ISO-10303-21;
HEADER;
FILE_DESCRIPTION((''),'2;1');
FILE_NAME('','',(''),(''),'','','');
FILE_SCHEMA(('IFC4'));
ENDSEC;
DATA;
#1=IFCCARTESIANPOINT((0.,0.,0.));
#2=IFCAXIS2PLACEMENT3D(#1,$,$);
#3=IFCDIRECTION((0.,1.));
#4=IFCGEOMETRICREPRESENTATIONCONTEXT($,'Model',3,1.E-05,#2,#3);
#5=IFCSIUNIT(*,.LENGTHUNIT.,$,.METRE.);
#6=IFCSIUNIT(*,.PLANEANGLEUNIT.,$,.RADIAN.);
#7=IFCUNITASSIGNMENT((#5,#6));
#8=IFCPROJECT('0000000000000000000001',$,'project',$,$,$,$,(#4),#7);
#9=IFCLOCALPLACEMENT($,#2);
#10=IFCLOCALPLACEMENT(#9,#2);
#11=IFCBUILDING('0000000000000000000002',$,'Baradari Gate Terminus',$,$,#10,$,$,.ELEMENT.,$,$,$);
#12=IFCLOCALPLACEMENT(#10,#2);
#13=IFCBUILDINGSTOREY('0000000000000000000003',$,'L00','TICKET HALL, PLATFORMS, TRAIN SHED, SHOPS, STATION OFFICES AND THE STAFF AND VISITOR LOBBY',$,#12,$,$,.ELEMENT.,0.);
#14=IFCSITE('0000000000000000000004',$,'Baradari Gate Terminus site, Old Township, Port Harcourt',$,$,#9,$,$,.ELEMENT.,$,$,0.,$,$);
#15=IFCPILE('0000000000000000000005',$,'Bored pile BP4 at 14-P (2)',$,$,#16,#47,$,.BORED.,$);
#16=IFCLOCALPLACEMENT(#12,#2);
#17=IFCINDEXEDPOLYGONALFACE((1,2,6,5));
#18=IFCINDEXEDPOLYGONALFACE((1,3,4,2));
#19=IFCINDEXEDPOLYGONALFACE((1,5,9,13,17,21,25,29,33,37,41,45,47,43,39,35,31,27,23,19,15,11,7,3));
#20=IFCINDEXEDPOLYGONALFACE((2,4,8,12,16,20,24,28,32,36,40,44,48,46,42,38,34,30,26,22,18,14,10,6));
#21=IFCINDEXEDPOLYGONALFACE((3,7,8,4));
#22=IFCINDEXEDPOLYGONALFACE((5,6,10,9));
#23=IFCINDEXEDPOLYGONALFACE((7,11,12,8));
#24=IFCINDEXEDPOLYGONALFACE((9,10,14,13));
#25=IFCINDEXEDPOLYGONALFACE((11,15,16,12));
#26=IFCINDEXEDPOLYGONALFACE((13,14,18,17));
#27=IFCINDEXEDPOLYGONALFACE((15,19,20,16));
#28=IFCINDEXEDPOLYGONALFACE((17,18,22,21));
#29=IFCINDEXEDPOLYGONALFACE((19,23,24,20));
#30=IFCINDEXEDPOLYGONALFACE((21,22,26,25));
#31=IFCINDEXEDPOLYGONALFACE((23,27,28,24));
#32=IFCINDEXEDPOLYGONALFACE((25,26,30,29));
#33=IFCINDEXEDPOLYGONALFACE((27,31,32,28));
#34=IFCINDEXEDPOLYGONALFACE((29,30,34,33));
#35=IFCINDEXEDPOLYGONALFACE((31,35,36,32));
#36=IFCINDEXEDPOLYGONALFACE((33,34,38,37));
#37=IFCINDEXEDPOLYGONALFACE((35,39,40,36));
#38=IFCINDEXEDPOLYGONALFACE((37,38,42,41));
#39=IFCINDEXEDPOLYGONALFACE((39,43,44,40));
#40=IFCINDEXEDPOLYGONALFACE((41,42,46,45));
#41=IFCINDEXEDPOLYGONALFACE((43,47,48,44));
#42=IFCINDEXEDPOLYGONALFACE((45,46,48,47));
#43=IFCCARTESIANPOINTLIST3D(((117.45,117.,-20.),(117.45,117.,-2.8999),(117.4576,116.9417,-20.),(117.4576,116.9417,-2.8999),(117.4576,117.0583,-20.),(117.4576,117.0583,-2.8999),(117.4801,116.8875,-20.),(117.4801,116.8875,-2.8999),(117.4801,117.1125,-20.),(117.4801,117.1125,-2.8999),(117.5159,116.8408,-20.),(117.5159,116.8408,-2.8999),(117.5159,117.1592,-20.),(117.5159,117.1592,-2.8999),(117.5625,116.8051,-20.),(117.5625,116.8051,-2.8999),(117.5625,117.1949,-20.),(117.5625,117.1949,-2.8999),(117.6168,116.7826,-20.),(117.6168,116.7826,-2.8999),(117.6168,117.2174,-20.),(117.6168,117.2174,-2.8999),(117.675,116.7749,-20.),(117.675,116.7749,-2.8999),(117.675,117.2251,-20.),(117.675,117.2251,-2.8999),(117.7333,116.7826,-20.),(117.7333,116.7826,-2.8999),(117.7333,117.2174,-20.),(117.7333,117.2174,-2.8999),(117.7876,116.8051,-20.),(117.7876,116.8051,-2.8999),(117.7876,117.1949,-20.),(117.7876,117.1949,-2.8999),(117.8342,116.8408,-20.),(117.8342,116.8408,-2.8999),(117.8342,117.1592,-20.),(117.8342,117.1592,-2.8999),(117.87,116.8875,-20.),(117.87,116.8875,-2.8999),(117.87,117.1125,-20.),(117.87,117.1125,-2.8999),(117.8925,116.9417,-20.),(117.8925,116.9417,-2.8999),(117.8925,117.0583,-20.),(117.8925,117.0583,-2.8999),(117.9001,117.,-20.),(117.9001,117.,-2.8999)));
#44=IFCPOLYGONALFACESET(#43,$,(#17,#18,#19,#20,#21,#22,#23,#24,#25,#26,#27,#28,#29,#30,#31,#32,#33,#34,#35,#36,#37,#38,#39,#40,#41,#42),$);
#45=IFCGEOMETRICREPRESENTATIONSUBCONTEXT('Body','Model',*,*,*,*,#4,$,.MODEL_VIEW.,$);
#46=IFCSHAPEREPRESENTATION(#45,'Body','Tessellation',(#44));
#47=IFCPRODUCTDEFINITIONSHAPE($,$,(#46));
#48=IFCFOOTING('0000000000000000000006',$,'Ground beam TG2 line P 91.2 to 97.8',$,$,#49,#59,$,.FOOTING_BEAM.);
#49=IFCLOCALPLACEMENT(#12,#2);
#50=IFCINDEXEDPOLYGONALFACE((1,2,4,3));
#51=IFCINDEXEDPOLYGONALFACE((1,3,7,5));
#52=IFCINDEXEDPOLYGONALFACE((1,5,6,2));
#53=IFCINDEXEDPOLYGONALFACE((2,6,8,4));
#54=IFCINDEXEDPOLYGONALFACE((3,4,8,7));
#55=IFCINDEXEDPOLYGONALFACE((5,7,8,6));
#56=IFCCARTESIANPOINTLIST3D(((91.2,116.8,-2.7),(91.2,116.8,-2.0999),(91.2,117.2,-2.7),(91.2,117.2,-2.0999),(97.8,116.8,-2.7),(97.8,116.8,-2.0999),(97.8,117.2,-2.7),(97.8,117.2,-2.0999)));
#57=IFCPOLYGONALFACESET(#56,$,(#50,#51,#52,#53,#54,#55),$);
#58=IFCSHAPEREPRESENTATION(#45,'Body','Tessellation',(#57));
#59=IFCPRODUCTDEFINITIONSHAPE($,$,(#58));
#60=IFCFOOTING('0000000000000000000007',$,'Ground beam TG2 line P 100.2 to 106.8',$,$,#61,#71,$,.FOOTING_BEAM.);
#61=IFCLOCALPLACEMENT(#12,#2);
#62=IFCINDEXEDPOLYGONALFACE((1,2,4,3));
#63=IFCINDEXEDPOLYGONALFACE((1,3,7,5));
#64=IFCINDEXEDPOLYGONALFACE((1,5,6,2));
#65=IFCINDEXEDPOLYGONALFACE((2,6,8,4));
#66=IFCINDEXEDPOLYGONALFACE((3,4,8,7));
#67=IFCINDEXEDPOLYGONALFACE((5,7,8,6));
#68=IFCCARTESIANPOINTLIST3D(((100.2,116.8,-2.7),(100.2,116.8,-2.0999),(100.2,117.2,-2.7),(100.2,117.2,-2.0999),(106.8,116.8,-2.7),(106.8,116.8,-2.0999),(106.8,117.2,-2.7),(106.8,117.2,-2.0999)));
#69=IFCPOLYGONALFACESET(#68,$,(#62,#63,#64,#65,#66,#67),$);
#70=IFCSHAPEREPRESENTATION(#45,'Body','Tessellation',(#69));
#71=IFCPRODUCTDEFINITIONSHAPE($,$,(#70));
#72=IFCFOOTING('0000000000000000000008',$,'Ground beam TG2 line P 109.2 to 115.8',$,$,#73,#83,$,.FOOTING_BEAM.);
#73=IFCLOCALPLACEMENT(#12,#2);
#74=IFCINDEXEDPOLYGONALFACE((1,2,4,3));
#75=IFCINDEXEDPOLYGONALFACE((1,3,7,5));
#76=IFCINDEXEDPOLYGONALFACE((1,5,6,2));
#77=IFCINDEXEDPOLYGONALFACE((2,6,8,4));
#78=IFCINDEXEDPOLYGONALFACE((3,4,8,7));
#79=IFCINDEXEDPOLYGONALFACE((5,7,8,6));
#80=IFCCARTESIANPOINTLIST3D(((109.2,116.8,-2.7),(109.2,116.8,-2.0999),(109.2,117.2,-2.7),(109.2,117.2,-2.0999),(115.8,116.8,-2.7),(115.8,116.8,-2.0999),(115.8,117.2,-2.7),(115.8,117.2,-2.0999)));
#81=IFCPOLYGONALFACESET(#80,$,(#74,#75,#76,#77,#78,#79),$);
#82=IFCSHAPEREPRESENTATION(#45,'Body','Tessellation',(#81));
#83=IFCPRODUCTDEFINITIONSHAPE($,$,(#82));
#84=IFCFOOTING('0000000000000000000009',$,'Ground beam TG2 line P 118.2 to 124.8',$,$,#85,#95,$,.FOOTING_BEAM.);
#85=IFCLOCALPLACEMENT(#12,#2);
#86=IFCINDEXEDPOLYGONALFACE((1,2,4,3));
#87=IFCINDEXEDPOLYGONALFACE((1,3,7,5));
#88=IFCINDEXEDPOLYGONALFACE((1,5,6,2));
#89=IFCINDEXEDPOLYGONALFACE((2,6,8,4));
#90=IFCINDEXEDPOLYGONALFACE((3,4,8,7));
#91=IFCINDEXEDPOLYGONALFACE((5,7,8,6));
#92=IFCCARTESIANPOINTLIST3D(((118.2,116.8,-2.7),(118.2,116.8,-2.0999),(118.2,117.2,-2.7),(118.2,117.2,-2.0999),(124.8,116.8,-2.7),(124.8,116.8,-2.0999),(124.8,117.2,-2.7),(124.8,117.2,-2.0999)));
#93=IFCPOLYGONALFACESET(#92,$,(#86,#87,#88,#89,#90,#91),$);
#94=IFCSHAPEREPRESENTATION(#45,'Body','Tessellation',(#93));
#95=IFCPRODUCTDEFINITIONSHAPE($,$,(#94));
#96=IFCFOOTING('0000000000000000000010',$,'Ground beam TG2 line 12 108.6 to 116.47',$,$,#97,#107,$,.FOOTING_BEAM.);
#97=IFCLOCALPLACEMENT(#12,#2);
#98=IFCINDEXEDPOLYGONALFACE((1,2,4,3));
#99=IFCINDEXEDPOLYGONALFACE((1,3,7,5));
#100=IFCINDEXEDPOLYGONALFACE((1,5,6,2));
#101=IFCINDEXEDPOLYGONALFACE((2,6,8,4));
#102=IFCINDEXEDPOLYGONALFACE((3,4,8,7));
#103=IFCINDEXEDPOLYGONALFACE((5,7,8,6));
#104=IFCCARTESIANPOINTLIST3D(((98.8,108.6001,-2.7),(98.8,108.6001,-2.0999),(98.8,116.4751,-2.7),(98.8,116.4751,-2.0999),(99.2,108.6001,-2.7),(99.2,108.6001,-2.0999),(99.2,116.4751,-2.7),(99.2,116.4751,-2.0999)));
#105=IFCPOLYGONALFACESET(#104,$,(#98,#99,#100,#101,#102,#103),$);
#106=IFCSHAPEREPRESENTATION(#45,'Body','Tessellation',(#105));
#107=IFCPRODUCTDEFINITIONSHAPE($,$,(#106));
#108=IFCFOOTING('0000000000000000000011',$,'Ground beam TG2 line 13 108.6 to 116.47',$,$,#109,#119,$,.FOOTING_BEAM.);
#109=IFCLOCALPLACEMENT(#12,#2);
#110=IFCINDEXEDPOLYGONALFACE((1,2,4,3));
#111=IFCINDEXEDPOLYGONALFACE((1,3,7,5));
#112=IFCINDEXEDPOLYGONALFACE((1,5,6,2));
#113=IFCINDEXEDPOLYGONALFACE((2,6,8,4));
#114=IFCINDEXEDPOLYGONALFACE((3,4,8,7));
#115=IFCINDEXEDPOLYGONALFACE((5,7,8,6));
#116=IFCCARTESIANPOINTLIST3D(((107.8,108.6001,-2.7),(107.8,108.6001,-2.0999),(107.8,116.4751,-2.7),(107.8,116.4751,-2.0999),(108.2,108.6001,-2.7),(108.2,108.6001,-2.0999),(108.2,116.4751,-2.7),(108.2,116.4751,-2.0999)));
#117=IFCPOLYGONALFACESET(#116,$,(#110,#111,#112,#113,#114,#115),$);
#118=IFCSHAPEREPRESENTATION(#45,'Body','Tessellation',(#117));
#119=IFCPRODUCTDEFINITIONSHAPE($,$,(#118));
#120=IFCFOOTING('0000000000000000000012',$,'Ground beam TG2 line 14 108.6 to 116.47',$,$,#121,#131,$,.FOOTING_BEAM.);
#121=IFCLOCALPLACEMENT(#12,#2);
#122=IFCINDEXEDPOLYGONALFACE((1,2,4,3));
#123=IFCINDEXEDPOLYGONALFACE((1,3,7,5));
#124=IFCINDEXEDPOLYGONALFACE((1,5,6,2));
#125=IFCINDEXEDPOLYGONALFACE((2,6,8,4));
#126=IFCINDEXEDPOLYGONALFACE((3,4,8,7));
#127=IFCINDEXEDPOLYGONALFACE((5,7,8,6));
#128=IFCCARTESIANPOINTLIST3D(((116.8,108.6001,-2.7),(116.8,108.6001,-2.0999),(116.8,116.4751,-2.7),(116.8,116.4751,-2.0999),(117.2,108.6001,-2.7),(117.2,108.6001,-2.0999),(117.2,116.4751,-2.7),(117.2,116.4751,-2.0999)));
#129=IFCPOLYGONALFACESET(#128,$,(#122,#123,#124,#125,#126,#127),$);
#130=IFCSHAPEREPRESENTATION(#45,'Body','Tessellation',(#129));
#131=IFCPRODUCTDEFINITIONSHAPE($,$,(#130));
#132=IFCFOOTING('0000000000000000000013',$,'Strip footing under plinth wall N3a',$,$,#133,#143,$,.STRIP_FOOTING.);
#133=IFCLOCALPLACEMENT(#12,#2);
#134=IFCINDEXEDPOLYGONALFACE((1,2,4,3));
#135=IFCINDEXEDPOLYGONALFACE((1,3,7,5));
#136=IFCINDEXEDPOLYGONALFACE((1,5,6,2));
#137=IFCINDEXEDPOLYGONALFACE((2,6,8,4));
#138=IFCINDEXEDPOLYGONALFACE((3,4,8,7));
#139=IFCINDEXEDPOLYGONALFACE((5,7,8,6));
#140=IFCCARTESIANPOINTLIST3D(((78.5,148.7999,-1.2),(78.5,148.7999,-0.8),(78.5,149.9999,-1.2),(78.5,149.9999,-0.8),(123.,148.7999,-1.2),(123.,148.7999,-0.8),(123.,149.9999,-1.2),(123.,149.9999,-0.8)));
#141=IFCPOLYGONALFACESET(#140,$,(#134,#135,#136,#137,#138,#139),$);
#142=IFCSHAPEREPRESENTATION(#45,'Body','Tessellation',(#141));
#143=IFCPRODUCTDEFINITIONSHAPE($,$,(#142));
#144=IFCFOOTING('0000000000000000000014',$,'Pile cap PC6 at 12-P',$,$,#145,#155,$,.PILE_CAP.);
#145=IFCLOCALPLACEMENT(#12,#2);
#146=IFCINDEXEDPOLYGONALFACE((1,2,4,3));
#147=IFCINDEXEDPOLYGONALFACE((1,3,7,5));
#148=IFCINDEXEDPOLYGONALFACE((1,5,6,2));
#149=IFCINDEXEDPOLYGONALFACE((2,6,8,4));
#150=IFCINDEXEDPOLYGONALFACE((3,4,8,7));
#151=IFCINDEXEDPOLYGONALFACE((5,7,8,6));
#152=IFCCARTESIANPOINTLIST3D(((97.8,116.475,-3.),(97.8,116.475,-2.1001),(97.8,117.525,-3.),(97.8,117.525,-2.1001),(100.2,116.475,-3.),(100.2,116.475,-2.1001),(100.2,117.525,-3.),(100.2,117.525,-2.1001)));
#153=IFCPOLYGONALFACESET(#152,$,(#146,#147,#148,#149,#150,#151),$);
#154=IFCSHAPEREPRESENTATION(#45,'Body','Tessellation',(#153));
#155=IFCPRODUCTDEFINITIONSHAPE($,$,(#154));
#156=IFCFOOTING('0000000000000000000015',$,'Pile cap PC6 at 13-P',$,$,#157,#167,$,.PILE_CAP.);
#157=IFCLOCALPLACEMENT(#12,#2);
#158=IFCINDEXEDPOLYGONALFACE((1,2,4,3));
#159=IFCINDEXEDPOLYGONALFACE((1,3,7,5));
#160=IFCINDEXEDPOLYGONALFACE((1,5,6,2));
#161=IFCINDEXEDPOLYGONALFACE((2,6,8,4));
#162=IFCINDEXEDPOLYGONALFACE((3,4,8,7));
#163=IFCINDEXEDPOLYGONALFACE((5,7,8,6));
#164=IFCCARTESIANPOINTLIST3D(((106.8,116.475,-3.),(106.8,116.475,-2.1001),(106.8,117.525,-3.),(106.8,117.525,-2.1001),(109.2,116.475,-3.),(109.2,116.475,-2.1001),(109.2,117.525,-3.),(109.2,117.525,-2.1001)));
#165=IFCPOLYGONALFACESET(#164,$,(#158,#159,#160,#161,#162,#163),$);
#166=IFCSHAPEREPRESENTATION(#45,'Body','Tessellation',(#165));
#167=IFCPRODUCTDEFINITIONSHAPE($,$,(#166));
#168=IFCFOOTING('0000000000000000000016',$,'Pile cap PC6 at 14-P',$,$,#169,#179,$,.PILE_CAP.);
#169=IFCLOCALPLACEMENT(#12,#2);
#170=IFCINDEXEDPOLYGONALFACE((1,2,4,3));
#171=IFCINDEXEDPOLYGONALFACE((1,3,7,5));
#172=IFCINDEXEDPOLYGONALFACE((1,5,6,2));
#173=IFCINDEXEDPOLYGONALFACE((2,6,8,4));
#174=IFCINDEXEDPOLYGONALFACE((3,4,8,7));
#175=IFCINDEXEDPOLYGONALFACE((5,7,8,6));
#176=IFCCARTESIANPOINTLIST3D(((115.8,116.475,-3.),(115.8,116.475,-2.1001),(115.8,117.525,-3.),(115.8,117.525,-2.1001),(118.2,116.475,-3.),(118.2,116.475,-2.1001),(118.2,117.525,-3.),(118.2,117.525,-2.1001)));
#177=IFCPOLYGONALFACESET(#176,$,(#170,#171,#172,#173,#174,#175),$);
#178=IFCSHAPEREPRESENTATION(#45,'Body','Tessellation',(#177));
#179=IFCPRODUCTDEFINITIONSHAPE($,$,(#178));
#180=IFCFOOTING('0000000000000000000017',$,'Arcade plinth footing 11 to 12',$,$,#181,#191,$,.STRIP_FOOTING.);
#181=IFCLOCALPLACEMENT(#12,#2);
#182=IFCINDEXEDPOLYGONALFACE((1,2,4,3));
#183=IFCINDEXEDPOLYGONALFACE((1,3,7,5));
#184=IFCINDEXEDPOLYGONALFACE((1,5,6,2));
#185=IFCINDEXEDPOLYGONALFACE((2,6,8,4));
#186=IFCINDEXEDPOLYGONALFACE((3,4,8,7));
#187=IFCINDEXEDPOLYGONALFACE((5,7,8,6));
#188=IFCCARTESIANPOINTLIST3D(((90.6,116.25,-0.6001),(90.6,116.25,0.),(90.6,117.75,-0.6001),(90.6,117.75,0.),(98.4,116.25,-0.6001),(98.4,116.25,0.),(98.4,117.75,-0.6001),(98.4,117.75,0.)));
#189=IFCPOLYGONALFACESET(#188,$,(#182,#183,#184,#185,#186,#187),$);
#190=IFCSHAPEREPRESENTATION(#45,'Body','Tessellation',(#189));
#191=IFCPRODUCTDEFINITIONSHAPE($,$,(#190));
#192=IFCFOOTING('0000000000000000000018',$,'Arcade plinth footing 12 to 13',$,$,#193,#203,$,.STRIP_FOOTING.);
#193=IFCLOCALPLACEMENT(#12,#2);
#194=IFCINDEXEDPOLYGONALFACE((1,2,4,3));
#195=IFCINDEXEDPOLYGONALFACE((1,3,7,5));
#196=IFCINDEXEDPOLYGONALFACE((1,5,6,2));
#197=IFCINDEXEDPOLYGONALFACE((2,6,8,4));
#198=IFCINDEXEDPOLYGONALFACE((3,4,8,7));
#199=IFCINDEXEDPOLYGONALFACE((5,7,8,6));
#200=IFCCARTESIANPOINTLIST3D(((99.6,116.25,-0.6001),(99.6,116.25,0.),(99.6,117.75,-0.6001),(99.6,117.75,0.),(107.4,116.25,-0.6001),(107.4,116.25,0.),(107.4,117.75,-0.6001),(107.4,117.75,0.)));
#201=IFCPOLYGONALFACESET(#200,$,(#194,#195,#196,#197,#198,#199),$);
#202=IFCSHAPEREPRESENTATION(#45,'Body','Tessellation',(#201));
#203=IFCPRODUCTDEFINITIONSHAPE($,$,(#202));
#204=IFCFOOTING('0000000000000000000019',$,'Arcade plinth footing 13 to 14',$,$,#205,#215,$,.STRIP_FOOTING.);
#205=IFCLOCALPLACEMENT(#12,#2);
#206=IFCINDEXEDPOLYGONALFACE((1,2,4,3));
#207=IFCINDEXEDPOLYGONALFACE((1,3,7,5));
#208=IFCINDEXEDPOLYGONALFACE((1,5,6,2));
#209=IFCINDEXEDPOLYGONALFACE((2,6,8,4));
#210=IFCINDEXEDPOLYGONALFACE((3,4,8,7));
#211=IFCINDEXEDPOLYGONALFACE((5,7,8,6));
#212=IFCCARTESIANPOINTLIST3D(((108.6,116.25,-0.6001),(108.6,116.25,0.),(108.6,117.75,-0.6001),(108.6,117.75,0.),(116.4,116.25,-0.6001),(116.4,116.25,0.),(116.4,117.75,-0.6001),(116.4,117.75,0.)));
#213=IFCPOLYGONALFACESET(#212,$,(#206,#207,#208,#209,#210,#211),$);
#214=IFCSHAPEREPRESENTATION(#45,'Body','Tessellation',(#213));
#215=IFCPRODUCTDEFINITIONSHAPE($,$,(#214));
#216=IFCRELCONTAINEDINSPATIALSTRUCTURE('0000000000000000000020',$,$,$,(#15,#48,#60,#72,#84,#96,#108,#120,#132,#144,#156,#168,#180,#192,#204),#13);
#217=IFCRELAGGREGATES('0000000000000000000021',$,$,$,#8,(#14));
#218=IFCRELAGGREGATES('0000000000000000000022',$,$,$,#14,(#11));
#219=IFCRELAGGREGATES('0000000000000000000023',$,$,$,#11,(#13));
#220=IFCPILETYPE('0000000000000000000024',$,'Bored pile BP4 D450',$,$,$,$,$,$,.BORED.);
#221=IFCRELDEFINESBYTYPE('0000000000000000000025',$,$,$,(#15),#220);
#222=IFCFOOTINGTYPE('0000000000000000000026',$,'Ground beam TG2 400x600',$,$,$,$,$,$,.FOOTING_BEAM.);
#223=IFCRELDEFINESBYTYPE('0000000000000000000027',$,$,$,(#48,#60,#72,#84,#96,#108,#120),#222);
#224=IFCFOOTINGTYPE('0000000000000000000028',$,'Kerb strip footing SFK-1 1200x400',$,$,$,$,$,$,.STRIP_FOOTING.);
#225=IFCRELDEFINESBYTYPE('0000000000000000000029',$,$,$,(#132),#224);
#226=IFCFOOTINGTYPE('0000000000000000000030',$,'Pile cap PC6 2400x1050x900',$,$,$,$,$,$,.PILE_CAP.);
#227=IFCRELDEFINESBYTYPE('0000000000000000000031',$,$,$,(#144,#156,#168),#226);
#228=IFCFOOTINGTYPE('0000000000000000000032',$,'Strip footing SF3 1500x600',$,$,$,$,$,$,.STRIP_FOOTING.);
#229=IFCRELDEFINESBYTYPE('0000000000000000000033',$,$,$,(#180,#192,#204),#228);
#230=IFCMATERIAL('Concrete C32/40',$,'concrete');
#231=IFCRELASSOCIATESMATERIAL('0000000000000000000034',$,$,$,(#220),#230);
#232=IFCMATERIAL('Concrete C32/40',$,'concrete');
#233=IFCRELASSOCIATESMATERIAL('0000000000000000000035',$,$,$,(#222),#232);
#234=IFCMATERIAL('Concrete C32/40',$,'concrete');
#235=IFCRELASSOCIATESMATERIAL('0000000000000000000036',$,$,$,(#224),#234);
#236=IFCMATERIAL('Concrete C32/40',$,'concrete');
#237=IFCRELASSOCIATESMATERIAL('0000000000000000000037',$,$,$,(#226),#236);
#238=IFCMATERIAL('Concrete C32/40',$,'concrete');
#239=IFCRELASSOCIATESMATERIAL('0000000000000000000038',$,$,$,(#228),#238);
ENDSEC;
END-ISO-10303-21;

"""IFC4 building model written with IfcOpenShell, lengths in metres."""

from ifc_helpers import new_model, si_unit, direction, frame, origin, origin_2d, place, context, subcontext, project, spatial, rectangle, circle, extrude, material, type_object, element, save


model = new_model("IFC4")

# Units and contexts
model_context = context("Model", 3, precision=1e-05, world=origin(), true_north=direction((0.0, 1.0)))
body_context = subcontext(model_context, "Body", "Model", "MODEL_VIEW")
ifc_project = project(units=[si_unit("LENGTHUNIT", "METRE"), si_unit("PLANEANGLEUNIT", "RADIAN")], contexts=[model_context])

# Site, building, storey
site_placement = place(None, origin())
site = spatial("IfcSite", under=ifc_project, at=site_placement, Name="Baradari Gate Terminus site, Old Township, Port Harcourt", CompositionType="ELEMENT", RefElevation=0.0)
building_placement = place(site_placement, origin())
building = spatial("IfcBuilding", under=site, at=building_placement, Name="Baradari Gate Terminus", CompositionType="ELEMENT")
storey_placement = place(building_placement, origin())
storey = spatial("IfcBuildingStorey", under=building, at=storey_placement, Name="L00", Description="TICKET HALL, PLATFORMS, TRAIN SHED, SHOPS, STATION OFFICES AND THE STAFF AND VISITOR LOBBY", CompositionType="ELEMENT", Elevation=0.0)

# Pile
ifc_material_1 = material(Name="Concrete C32/40", Category="concrete")
pile_type = type_object("IfcPileType", Name="Bored pile BP4 D450", PredefinedType="BORED", material=ifc_material_1)
for number, where, z_axis, x_axis, name in (
    (1, (117.675, 117.0, -2.8999), (0.0, 0.0, -1.0), (1.0, 0.0, 0.0), "Bored pile BP4 at 14-P (2)"),
):
    element("IfcPile", number, at=place(storey_placement, frame(where, z_axis=z_axis, x_axis=x_axis)), inside=storey, type_object=pile_type, Name=name, PredefinedType="BORED", context=body_context, shape_type="SweptSolid", body=[
        extrude(circle(Radius=0.2251, at=origin_2d()), origin(), (0.0, 0.0, 1.0), 17.1001),
    ])

# Footings
ifc_material_2 = material(Name="Concrete C32/40", Category="concrete")
footing_type_1 = type_object("IfcFootingType", Name="Ground beam TG2 400x600", PredefinedType="FOOTING_BEAM", material=ifc_material_2)
for number, where, z_axis, x_axis, name in (
    (2, (94.5, 117.0, -2.7), (0.0, 0.0, 1.0), (1.0, 0.0, 0.0), "Ground beam TG2 line P 91.2 to 97.8"),
    (3, (103.5, 117.0, -2.7), (0.0, 0.0, 1.0), (1.0, 0.0, 0.0), "Ground beam TG2 line P 100.2 to 106.8"),
    (4, (112.5, 117.0, -2.7), (0.0, 0.0, 1.0), (1.0, 0.0, 0.0), "Ground beam TG2 line P 109.2 to 115.8"),
    (5, (121.5, 117.0, -2.7), (0.0, 0.0, 1.0), (1.0, 0.0, 0.0), "Ground beam TG2 line P 118.2 to 124.8"),
):
    element("IfcFooting", number, at=place(storey_placement, frame(where, z_axis=z_axis, x_axis=x_axis)), inside=storey, type_object=footing_type_1, Name=name, PredefinedType="FOOTING_BEAM", context=body_context, shape_type="SweptSolid", body=[
        extrude(rectangle(XDim=6.6001, YDim=0.3999, at=origin_2d()), origin(), (0.0, 0.0, 1.0), 0.6001),
    ])
for number, where, z_axis, x_axis, name in (
    (6, (99.0, 112.5376, -2.7), (0.0, 0.0, 1.0), (1.0, 0.0, 0.0), "Ground beam TG2 line 12 108.6 to 116.47"),
    (7, (108.0, 112.5376, -2.7), (0.0, 0.0, 1.0), (1.0, 0.0, 0.0), "Ground beam TG2 line 13 108.6 to 116.47"),
    (8, (117.0, 112.5376, -2.7), (0.0, 0.0, 1.0), (1.0, 0.0, 0.0), "Ground beam TG2 line 14 108.6 to 116.47"),
):
    element("IfcFooting", number, at=place(storey_placement, frame(where, z_axis=z_axis, x_axis=x_axis)), inside=storey, type_object=footing_type_1, Name=name, PredefinedType="FOOTING_BEAM", context=body_context, shape_type="SweptSolid", body=[
        extrude(rectangle(XDim=0.3999, YDim=7.875, at=origin_2d()), origin(), (0.0, 0.0, 1.0), 0.6001),
    ])
ifc_material_3 = material(Name="Concrete C32/40", Category="concrete")
footing_type_2 = type_object("IfcFootingType", Name="Kerb strip footing SFK-1 1200x400", PredefinedType="STRIP_FOOTING", material=ifc_material_3)
footing_placement = place(storey_placement, frame((100.75, 149.3999, -1.2), z_axis=(0.0, 0.0, 1.0), x_axis=(1.0, 0.0, 0.0)))
element("IfcFooting", 9, at=footing_placement, inside=storey, type_object=footing_type_2, Name="Strip footing under plinth wall N3a", PredefinedType="STRIP_FOOTING", context=body_context, shape_type="SweptSolid", body=[
    extrude(rectangle(XDim=44.5, YDim=1.2, at=origin_2d()), origin(), (0.0, 0.0, 1.0), 0.3999),
])
ifc_material_4 = material(Name="Concrete C32/40", Category="concrete")
footing_type_3 = type_object("IfcFootingType", Name="Pile cap PC6 2400x1050x900", PredefinedType="PILE_CAP", material=ifc_material_4)
for number, where, z_axis, x_axis, name in (
    (10, (99.0, 117.0, -3.0), (0.0, 0.0, 1.0), (1.0, 0.0, 0.0), "Pile cap PC6 at 12-P"),
    (11, (108.0, 117.0, -3.0), (0.0, 0.0, 1.0), (1.0, 0.0, 0.0), "Pile cap PC6 at 13-P"),
    (12, (117.0, 117.0, -3.0), (0.0, 0.0, 1.0), (1.0, 0.0, 0.0), "Pile cap PC6 at 14-P"),
):
    element("IfcFooting", number, at=place(storey_placement, frame(where, z_axis=z_axis, x_axis=x_axis)), inside=storey, type_object=footing_type_3, Name=name, PredefinedType="PILE_CAP", context=body_context, shape_type="SweptSolid", body=[
        extrude(rectangle(XDim=2.3999, YDim=1.05, at=origin_2d()), origin(), (0.0, 0.0, 1.0), 0.8999),
    ])
ifc_material_5 = material(Name="Concrete C32/40", Category="concrete")
footing_type_4 = type_object("IfcFootingType", Name="Strip footing SF3 1500x600", PredefinedType="STRIP_FOOTING", material=ifc_material_5)
for number, where, z_axis, x_axis, name in (
    (13, (94.5, 117.0, -0.6001), (0.0, 0.0, 1.0), (1.0, 0.0, 0.0), "Arcade plinth footing 11 to 12"),
    (14, (103.5, 117.0, -0.6001), (0.0, 0.0, 1.0), (1.0, 0.0, 0.0), "Arcade plinth footing 12 to 13"),
    (15, (112.5, 117.0, -0.6001), (0.0, 0.0, 1.0), (1.0, 0.0, 0.0), "Arcade plinth footing 13 to 14"),
):
    element("IfcFooting", number, at=place(storey_placement, frame(where, z_axis=z_axis, x_axis=x_axis)), inside=storey, type_object=footing_type_4, Name=name, PredefinedType="STRIP_FOOTING", context=body_context, shape_type="SweptSolid", body=[
        extrude(rectangle(XDim=7.8, YDim=1.5, at=origin_2d()), origin(), (0.0, 0.0, 1.0), 0.6001),
    ])

save(model, "model.ifc")
